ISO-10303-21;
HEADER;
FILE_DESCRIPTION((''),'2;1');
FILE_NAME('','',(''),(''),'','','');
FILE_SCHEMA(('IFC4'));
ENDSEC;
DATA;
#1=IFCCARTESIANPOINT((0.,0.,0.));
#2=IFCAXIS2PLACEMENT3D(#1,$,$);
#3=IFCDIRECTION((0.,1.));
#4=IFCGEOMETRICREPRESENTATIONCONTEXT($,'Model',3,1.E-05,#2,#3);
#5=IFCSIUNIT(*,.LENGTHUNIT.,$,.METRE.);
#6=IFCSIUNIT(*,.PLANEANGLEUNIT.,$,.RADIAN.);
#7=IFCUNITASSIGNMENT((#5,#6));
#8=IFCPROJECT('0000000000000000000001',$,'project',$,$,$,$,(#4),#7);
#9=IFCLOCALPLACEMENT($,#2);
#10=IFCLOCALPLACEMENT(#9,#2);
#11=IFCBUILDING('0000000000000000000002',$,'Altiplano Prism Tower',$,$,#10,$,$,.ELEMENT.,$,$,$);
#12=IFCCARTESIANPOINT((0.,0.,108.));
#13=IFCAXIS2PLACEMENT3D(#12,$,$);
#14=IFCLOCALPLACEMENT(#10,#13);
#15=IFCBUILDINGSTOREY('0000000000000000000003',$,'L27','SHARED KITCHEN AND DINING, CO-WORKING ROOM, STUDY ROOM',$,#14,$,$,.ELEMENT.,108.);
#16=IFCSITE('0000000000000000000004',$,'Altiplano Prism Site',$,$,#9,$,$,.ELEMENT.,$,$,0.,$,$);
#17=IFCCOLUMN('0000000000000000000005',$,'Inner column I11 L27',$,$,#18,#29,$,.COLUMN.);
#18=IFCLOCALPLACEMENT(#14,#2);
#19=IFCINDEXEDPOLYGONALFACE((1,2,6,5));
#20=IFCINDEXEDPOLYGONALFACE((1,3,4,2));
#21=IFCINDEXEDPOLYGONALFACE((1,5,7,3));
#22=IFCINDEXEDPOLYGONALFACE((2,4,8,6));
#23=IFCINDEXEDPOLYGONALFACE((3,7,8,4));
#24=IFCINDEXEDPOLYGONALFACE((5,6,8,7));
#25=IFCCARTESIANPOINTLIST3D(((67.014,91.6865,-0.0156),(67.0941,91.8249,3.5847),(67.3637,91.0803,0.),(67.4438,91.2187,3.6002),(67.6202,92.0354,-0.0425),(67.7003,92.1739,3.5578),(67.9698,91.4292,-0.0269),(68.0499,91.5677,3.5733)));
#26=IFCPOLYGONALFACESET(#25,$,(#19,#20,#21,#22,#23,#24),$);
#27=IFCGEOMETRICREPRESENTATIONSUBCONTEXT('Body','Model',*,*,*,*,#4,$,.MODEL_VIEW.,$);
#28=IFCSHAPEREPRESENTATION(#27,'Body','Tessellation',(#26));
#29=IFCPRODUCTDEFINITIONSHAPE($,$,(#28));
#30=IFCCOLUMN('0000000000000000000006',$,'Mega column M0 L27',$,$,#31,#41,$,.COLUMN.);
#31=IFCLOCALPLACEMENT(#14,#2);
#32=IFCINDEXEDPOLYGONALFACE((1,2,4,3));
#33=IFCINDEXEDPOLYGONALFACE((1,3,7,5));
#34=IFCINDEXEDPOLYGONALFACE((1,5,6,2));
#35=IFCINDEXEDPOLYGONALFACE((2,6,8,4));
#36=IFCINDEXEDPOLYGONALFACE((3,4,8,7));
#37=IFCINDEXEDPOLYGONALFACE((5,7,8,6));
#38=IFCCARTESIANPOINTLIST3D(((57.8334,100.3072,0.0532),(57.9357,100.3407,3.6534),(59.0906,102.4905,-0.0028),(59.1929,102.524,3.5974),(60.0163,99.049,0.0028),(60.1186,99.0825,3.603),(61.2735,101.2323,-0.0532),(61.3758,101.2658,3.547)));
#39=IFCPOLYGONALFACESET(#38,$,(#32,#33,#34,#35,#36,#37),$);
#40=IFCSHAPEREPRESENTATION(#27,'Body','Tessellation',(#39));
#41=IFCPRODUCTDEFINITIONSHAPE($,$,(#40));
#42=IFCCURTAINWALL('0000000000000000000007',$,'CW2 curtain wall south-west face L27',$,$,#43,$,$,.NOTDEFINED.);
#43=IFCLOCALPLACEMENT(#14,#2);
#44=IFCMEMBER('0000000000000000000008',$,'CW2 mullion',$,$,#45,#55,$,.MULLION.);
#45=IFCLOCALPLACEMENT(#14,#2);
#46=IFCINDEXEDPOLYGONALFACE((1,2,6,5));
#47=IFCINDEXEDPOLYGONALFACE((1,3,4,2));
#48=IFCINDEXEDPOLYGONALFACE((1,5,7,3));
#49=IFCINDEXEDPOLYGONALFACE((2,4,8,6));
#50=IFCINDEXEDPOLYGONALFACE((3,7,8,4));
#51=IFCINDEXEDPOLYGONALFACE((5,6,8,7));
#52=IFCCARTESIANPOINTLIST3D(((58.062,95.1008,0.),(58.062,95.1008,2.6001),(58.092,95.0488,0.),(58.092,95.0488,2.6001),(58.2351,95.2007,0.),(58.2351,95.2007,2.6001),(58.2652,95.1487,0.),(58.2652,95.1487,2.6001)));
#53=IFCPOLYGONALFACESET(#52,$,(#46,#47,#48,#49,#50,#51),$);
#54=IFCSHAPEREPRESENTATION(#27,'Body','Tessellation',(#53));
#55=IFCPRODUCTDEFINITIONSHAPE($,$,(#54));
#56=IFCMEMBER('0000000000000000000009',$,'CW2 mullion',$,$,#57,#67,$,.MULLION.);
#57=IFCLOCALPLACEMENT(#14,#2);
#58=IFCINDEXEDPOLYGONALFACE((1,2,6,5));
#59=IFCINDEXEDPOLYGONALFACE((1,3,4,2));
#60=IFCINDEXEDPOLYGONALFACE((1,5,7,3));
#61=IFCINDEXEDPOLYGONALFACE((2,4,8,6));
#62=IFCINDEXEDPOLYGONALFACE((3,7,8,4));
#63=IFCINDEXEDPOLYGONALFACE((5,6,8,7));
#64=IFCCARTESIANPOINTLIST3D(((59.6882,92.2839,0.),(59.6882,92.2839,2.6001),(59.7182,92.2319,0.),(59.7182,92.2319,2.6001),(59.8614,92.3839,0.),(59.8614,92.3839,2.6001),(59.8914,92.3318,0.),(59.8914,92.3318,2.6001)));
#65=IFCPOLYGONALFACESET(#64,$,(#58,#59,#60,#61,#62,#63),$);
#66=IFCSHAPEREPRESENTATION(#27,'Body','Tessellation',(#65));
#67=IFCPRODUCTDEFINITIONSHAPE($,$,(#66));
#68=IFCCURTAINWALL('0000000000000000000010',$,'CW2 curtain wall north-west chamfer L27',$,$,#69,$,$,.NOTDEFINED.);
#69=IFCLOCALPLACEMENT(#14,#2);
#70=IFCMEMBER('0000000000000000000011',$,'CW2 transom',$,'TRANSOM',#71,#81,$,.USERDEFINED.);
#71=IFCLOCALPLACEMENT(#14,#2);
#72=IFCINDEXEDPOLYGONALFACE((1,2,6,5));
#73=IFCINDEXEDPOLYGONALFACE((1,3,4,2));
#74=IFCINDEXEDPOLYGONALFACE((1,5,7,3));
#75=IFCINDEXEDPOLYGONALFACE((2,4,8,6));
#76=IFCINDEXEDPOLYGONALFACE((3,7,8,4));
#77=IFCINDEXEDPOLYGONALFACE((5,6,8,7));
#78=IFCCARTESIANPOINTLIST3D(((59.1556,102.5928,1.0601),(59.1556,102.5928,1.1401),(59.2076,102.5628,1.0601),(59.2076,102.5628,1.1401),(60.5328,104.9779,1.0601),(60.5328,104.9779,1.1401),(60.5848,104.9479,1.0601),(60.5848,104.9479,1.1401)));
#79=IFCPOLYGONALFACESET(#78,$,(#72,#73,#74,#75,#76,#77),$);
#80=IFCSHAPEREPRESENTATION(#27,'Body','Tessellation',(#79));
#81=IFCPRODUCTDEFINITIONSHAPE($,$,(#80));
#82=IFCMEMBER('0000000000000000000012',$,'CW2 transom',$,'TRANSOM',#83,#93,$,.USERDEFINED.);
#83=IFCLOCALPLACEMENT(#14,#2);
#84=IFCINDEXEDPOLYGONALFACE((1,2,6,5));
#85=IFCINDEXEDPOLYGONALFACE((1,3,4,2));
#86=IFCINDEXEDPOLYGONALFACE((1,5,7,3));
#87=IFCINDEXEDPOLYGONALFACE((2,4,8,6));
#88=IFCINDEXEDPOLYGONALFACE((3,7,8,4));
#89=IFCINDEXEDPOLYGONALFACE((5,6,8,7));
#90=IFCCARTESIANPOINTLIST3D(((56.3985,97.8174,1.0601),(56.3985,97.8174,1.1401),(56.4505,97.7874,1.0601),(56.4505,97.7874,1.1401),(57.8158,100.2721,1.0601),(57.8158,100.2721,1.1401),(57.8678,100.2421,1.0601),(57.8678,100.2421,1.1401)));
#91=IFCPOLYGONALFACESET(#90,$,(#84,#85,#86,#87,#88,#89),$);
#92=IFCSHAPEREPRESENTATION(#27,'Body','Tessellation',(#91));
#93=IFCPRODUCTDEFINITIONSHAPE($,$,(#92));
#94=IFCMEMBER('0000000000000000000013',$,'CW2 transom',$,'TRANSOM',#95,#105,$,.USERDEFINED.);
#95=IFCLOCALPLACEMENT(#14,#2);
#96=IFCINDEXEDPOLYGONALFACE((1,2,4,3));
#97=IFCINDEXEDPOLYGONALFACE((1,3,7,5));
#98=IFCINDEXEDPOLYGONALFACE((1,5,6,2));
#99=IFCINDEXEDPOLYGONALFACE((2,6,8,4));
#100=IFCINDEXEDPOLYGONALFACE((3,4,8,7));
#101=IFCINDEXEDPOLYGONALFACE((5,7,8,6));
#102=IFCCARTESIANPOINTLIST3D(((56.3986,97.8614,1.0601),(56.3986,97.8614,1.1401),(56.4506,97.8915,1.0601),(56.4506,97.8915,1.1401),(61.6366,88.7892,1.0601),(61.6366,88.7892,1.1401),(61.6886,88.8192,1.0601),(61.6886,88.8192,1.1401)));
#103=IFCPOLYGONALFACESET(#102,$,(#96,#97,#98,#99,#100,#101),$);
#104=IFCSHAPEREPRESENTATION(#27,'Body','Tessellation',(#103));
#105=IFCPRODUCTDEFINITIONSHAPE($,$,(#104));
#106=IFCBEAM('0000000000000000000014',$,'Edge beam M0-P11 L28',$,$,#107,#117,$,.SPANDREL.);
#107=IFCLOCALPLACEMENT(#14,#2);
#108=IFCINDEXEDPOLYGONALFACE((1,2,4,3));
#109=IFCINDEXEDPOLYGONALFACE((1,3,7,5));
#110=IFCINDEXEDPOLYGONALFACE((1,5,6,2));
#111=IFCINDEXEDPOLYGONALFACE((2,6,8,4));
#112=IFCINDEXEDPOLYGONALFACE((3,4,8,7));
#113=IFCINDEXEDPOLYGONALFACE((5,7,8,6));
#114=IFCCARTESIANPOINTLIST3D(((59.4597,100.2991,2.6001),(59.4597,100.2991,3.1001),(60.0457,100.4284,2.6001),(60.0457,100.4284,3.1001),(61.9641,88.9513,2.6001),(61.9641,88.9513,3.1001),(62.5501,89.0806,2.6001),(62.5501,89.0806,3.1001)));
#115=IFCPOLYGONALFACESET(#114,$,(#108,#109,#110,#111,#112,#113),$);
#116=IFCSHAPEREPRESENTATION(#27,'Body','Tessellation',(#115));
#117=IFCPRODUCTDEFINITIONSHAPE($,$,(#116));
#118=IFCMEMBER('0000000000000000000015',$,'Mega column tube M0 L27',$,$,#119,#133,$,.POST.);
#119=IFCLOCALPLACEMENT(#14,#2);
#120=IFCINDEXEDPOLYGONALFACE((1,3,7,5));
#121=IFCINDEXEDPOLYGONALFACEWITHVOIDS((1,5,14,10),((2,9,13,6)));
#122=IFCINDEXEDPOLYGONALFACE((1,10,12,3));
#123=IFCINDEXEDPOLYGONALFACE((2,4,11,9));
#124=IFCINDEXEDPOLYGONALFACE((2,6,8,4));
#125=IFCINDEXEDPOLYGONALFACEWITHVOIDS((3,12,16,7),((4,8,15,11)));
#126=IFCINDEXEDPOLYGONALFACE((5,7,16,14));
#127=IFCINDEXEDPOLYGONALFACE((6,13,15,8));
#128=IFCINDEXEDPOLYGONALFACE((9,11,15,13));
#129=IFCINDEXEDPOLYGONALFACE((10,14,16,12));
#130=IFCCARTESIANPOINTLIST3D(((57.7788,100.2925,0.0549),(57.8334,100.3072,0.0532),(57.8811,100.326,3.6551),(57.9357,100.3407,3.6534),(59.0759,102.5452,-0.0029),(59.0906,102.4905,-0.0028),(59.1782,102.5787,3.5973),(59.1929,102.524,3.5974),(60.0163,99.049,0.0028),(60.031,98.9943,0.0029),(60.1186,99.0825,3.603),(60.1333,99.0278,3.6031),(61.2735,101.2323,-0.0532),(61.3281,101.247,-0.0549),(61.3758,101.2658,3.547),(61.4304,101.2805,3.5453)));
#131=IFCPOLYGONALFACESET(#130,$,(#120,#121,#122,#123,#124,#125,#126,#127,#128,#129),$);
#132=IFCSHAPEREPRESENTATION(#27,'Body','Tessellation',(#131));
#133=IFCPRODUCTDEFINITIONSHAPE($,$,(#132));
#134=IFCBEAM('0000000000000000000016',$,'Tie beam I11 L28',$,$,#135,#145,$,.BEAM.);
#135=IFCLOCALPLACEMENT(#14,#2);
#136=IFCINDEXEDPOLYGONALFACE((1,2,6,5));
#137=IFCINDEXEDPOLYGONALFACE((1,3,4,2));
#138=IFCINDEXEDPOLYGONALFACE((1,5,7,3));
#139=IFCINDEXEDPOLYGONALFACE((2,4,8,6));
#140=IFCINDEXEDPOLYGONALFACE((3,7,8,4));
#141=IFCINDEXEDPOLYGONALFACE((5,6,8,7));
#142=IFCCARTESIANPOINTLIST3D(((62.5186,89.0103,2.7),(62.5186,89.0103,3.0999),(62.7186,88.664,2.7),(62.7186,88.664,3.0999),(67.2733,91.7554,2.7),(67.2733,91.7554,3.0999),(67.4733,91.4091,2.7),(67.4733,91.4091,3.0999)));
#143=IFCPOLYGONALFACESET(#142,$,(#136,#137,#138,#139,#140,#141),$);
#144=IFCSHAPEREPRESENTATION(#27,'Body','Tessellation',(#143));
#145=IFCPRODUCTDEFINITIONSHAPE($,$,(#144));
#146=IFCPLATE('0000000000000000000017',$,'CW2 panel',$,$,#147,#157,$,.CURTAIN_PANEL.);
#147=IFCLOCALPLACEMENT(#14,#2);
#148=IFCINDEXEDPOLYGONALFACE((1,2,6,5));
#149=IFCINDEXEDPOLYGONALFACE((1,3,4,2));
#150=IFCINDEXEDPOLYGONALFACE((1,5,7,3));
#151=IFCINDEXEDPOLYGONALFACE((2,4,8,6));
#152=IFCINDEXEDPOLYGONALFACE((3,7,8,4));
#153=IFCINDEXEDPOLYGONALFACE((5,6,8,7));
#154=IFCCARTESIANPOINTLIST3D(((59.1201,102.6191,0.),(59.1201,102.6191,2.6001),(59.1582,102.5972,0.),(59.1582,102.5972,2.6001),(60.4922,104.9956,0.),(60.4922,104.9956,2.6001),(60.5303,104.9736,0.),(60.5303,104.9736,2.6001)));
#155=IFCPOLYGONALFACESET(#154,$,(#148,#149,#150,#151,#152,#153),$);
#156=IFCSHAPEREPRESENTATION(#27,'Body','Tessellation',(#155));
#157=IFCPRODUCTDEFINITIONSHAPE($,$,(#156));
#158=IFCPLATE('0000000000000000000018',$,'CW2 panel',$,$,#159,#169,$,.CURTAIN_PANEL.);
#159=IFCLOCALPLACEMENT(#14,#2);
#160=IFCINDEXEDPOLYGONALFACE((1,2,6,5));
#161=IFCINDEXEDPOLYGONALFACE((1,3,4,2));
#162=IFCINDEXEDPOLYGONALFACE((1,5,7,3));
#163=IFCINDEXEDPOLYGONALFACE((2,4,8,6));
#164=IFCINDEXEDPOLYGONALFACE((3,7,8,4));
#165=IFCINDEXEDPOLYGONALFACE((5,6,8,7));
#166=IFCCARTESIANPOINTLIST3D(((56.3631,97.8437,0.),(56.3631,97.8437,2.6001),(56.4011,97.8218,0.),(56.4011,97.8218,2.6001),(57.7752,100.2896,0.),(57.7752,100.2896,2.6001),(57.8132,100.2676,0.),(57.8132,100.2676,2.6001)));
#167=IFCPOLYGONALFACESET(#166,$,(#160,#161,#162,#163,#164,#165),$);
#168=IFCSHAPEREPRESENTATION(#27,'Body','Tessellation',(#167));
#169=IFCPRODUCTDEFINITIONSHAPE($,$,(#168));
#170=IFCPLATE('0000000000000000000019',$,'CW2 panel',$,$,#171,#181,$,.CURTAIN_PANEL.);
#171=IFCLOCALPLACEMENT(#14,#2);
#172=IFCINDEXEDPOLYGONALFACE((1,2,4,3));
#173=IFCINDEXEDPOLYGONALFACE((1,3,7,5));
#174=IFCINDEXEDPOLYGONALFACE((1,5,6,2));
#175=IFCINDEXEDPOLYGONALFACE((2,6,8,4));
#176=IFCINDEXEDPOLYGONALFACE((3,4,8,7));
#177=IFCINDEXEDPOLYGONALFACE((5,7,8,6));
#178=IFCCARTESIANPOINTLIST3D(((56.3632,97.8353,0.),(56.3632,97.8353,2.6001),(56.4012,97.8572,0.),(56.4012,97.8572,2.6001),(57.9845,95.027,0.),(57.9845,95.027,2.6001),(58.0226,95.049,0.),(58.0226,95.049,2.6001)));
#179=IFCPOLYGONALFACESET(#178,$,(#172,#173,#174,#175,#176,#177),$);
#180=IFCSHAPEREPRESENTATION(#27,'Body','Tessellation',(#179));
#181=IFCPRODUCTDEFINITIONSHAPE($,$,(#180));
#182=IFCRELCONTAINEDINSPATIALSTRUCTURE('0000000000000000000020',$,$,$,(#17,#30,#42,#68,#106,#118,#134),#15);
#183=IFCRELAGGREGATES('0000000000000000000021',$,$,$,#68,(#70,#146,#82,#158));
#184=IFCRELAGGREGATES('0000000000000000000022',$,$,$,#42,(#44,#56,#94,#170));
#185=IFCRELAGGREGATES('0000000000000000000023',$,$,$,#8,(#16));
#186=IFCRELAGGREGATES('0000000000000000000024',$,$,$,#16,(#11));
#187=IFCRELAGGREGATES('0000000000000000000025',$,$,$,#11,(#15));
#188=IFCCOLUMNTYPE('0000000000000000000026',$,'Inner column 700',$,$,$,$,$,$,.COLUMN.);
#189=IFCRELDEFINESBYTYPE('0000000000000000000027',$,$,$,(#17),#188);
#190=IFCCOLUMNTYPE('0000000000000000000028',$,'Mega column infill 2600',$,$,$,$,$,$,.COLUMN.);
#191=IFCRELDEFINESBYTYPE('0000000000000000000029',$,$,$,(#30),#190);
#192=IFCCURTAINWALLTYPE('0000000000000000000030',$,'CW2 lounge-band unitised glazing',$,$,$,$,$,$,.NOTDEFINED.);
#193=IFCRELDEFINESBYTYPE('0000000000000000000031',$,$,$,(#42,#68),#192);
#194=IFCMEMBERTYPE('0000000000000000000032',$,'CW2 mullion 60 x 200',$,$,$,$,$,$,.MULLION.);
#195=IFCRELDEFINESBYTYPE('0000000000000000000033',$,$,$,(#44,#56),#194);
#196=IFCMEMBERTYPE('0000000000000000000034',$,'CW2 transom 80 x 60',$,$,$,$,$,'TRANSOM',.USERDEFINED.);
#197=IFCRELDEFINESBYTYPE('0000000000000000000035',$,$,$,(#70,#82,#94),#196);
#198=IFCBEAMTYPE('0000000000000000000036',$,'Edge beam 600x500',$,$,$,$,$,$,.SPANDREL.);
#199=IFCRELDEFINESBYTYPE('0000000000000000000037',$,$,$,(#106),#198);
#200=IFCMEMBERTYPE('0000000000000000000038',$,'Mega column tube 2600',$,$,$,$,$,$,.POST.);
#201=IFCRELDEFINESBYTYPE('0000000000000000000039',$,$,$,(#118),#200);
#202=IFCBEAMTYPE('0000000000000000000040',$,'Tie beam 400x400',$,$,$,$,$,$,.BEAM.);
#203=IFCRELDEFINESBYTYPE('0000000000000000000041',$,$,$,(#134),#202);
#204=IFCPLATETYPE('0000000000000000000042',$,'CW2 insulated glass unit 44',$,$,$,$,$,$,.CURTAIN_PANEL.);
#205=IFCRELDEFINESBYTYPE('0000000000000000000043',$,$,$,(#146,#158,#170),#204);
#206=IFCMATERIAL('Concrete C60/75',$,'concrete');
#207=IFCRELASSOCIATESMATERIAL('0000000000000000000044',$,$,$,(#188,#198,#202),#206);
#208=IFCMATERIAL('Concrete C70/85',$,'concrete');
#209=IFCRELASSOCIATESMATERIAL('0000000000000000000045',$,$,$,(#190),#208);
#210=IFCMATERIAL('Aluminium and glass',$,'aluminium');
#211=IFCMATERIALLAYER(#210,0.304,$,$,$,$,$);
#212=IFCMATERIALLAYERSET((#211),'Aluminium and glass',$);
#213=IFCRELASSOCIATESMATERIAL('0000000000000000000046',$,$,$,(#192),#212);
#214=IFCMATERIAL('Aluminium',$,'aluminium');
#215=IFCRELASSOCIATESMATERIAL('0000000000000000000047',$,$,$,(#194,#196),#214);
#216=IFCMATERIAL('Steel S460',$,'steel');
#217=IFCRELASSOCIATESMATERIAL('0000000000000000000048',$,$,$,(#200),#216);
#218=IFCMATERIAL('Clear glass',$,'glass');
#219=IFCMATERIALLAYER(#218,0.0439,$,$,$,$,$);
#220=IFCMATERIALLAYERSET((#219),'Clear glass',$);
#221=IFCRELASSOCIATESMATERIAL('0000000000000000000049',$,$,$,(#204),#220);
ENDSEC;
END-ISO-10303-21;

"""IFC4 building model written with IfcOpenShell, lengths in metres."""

from ifc_helpers import new_model, si_unit, direction, frame, origin, origin_2d, place, context, subcontext, project, spatial, rectangle, hollow_rectangle, extrude, material, layer, layer_set, material_profile, profile_set, type_object, element, aggregate, save


model = new_model("IFC4")

# Units and contexts
model_context = context("Model", 3, precision=1e-05, world=origin(), true_north=direction((0.0, 1.0)))
body_context = subcontext(model_context, "Body", "Model", "MODEL_VIEW")
ifc_project = project(units=[si_unit("LENGTHUNIT", "METRE"), si_unit("PLANEANGLEUNIT", "RADIAN")], contexts=[model_context])

# Site, building, storey
site_placement = place(None, origin())
site = spatial("IfcSite", under=ifc_project, at=site_placement, Name="Altiplano Prism Site", CompositionType="ELEMENT", RefElevation=0.0)
building_placement = place(site_placement, origin())
building = spatial("IfcBuilding", under=site, at=building_placement, Name="Altiplano Prism Tower", CompositionType="ELEMENT")
storey_placement = place(building_placement, frame((0.0, 0.0, 108.0)))
storey = spatial("IfcBuildingStorey", under=building, at=storey_placement, Name="L27", Description="SHARED KITCHEN AND DINING, CO-WORKING ROOM, STUDY ROOM", CompositionType="ELEMENT", Elevation=108.0)

# Columns
ifc_material_1 = material(Name="Concrete C60/75", Category="concrete")
ifc_material_profile_1 = material_profile(ifc_material_1, rectangle(XDim=0.7, YDim=0.7, at=origin_2d()), Name="Inner column 700")
ifc_profile_set_1 = profile_set([ifc_material_profile_1], Name="Concrete C60/75")
column_type_1 = type_object("IfcColumnType", Name="Inner column 700", PredefinedType="COLUMN", material=ifc_profile_set_1)
column_1_placement = place(storey_placement, frame((67.4919, 91.5579, -0.0212), z_axis=(0.022221, 0.038413, 0.999015), x_axis=(-0.866021, -0.498528, 0.038432)))
element("IfcColumn", 1, at=column_1_placement, inside=storey, type_object=column_type_1, Name="Inner column I11 L27", PredefinedType="COLUMN", context=body_context, shape_type="SweptSolid", body=[
    extrude(rectangle(XDim=0.7, YDim=0.7, at=origin_2d()), origin(), (0.0, 0.0, 1.0), 3.6038),
])
ifc_material_2 = material(Name="Concrete C70/85", Category="concrete")
ifc_material_profile_2 = material_profile(ifc_material_2, rectangle(XDim=2.52, YDim=2.52, at=origin_2d()), Name="Mega column infill 2600")
ifc_profile_set_2 = profile_set([ifc_material_profile_2], Name="Concrete C70/85")
column_type_2 = type_object("IfcColumnType", Name="Mega column infill 2600", PredefinedType="COLUMN", material=ifc_profile_set_2)
column_2_placement = place(storey_placement, frame((59.5535, 100.7698, 0.0), z_axis=(0.028402, 0.009287, 0.999553), x_axis=(-0.866202, 0.499295, 0.019974)))
element("IfcColumn", 2, at=column_2_placement, inside=storey, type_object=column_type_2, Name="Mega column M0 L27", PredefinedType="COLUMN", context=body_context, shape_type="SweptSolid", body=[
    extrude(rectangle(XDim=2.52, YDim=2.52, at=origin_2d()), origin(), (0.0, 0.0, 1.0), 3.6018),
])

# Curtain walls, members
ifc_material_3 = material(Name="Aluminium and glass", Category="aluminium")
ifc_layer_1 = layer(ifc_material_3, 0.304)
ifc_layer_set_1 = layer_set([ifc_layer_1], Name="Aluminium and glass")
curtain_wall_type = type_object("IfcCurtainWallType", Name="CW2 lounge-band unitised glazing", PredefinedType="NOTDEFINED", material=ifc_layer_set_1)
curtain_wall_1_placement = place(storey_placement, origin())
curtain_wall_1 = element("IfcCurtainWall", 3, at=curtain_wall_1_placement, inside=storey, type_object=curtain_wall_type, Name="CW2 curtain wall south-west face L27", PredefinedType="NOTDEFINED")
ifc_material_4 = material(Name="Aluminium", Category="aluminium")
ifc_material_profile_3 = material_profile(ifc_material_4, rectangle(XDim=0.2, YDim=0.0601, at=origin_2d()), Name="CW2 mullion 60 x 200")
ifc_profile_set_3 = profile_set([ifc_material_profile_3], Name="Aluminium")
member_type_1 = type_object("IfcMemberType", Name="CW2 mullion 60 x 200", PredefinedType="MULLION", material=ifc_profile_set_3)
member_1_placement = place(storey_placement, frame((58.1636, 95.1248, 0.0), z_axis=(0.0, 0.0, 1.0), x_axis=(0.866025, 0.5, 0.0)))
member_1 = element("IfcMember", 4, at=member_1_placement, type_object=member_type_1, Name="CW2 mullion", PredefinedType="MULLION", context=body_context, shape_type="SweptSolid", body=[
    extrude(rectangle(XDim=0.2, YDim=0.0601, at=origin_2d()), origin(), (0.0, 0.0, 1.0), 2.6001),
])
member_2_placement = place(storey_placement, frame((59.7898, 92.3079, 0.0), z_axis=(0.0, 0.0, 1.0), x_axis=(0.866025, 0.5, 0.0)))
member_2 = element("IfcMember", 5, at=member_2_placement, type_object=member_type_1, Name="CW2 mullion", PredefinedType="MULLION", context=body_context, shape_type="SweptSolid", body=[
    extrude(rectangle(XDim=0.2, YDim=0.0601, at=origin_2d()), origin(), (0.0, 0.0, 1.0), 2.6001),
])
curtain_wall_2_placement = place(storey_placement, origin())
curtain_wall_2 = element("IfcCurtainWall", 6, at=curtain_wall_2_placement, inside=storey, type_object=curtain_wall_type, Name="CW2 curtain wall north-west chamfer L27", PredefinedType="NOTDEFINED")
ifc_material_profile_4 = material_profile(ifc_material_4, rectangle(XDim=0.0601, YDim=0.0801, at=origin_2d()), Name="CW2 transom 80 x 60")
ifc_profile_set_4 = profile_set([ifc_material_profile_4], Name="Aluminium")
member_type_2 = type_object("IfcMemberType", Name="CW2 transom 80 x 60", ElementType="TRANSOM", PredefinedType="USERDEFINED", material=ifc_profile_set_4)
member_3_placement = place(storey_placement, frame((60.5588, 104.9629, 1.1001), z_axis=(-0.500058, -0.865992, 0.0), x_axis=(0.865992, -0.500058, 0.0)))
member_3 = element("IfcMember", 7, at=member_3_placement, type_object=member_type_2, Name="CW2 transom", ObjectType="TRANSOM", PredefinedType="USERDEFINED", context=body_context, shape_type="SweptSolid", body=[
    extrude(rectangle(XDim=0.0601, YDim=0.0801, at=origin_2d()), origin(), (0.0, 0.0, 1.0), 2.7542),
])
member_4_placement = place(storey_placement, frame((57.8418, 100.2571, 1.1001), z_axis=(-0.500021, -0.866013, 0.0), x_axis=(0.866013, -0.500021, 0.0)))
member_4 = element("IfcMember", 8, at=member_4_placement, type_object=member_type_2, Name="CW2 transom", ObjectType="TRANSOM", PredefinedType="USERDEFINED", context=body_context, shape_type="SweptSolid", body=[
    extrude(rectangle(XDim=0.0601, YDim=0.0801, at=origin_2d()), origin(), (0.0, 0.0, 1.0), 2.8345),
])

# Member
member_5_placement = place(storey_placement, frame((56.4246, 97.8765, 1.1001), z_axis=(0.500012, -0.866019, 0.0), x_axis=(0.866019, 0.500012, 0.0)))
member_5 = element("IfcMember", 9, at=member_5_placement, type_object=member_type_2, Name="CW2 transom", ObjectType="TRANSOM", PredefinedType="USERDEFINED", context=body_context, shape_type="SweptSolid", body=[
    extrude(rectangle(XDim=0.0601, YDim=0.0801, at=origin_2d()), origin(), (0.0, 0.0, 1.0), 10.4758),
])

# Beam
ifc_material_profile_5 = material_profile(ifc_material_1, rectangle(XDim=0.6001, YDim=0.5, at=origin_2d()), Name="Edge beam 600x500")
ifc_profile_set_5 = profile_set([ifc_material_profile_5], Name="Concrete C60/75")
beam_type_1 = type_object("IfcBeamType", Name="Edge beam 600x500", PredefinedType="SPANDREL", material=ifc_profile_set_5)
beam_1_placement = place(storey_placement, frame((59.7527, 100.3638, 2.8501), z_axis=(0.215507, -0.976502, 0.0), x_axis=(0.976502, 0.215507, 0.0)))
element("IfcBeam", 10, at=beam_1_placement, inside=storey, type_object=beam_type_1, Name="Edge beam M0-P11 L28", PredefinedType="SPANDREL", context=body_context, shape_type="SweptSolid", body=[
    extrude(rectangle(XDim=0.6001, YDim=0.5, at=origin_2d()), origin(), (0.0, 0.0, 1.0), 11.6208),
])

# Member
ifc_material_5 = material(Name="Steel S460", Category="steel")
ifc_material_profile_6 = material_profile(ifc_material_5, hollow_rectangle(XDim=2.6001, YDim=2.6001, WallThickness=0.04, at=origin_2d()), Name="Mega column tube 2600")
ifc_profile_set_6 = profile_set([ifc_material_profile_6], Name="Steel S460")
member_type_3 = type_object("IfcMemberType", Name="Mega column tube 2600", PredefinedType="POST", material=ifc_profile_set_6)
member_6_placement = place(storey_placement, frame((59.5535, 100.7698, 0.0), z_axis=(0.028402, 0.009287, 0.999553), x_axis=(-0.866202, 0.499295, 0.019974)))
element("IfcMember", 11, at=member_6_placement, inside=storey, type_object=member_type_3, Name="Mega column tube M0 L27", PredefinedType="POST", context=body_context, shape_type="SweptSolid", body=[
    extrude(hollow_rectangle(XDim=2.6001, YDim=2.6001, WallThickness=0.04, at=origin_2d()), origin(), (0.0, 0.0, 1.0), 3.6018),
])

# Beam
ifc_material_profile_7 = material_profile(ifc_material_1, rectangle(XDim=0.3999, YDim=0.3999, at=origin_2d()), Name="Tie beam 400x400")
ifc_profile_set_7 = profile_set([ifc_material_profile_7], Name="Concrete C60/75")
beam_type_2 = type_object("IfcBeamType", Name="Tie beam 400x400", PredefinedType="BEAM", material=ifc_profile_set_7)
beam_2_placement = place(storey_placement, frame((67.3733, 91.5823, 2.8999), z_axis=(-0.866023, -0.500003, 0.0), x_axis=(0.500003, -0.866023, 0.0)))
element("IfcBeam", 12, at=beam_2_placement, inside=storey, type_object=beam_type_2, Name="Tie beam I11 L28", PredefinedType="BEAM", context=body_context, shape_type="SweptSolid", body=[
    extrude(rectangle(XDim=0.3999, YDim=0.3999, at=origin_2d()), origin(), (0.0, 0.0, 1.0), 5.4902),
])

# Plates
ifc_material_6 = material(Name="Clear glass", Category="glass")
ifc_layer_2 = layer(ifc_material_6, 0.0439)
ifc_layer_set_2 = layer_set([ifc_layer_2], Name="Clear glass")
plate_type = type_object("IfcPlateType", Name="CW2 insulated glass unit 44", PredefinedType="CURTAIN_PANEL", material=ifc_layer_set_2)
plate_1_placement = place(storey_placement, frame((59.8252, 103.7964, 0.0), z_axis=(0.0, 0.0, 1.0), x_axis=(-0.5, -0.866025, 0.0)))
plate_1 = element("IfcPlate", 13, at=plate_1_placement, type_object=plate_type, Name="CW2 panel", PredefinedType="CURTAIN_PANEL", context=body_context, shape_type="SweptSolid", body=[
    extrude(rectangle(XDim=2.7441, YDim=0.0439, at=origin_2d()), origin(), (0.0, 0.0, 1.0), 2.6001),
])
plate_2_placement = place(storey_placement, frame((57.0881, 99.0557, 0.0), z_axis=(0.0, 0.0, 1.0), x_axis=(-0.5, -0.866025, 0.0)))
plate_2 = element("IfcPlate", 14, at=plate_2_placement, type_object=plate_type, Name="CW2 panel", PredefinedType="CURTAIN_PANEL", context=body_context, shape_type="SweptSolid", body=[
    extrude(rectangle(XDim=2.8242, YDim=0.0439, at=origin_2d()), origin(), (0.0, 0.0, 1.0), 2.6001),
])
aggregate(curtain_wall_2, [member_3, plate_1, member_4, plate_2])
plate_3_placement = place(storey_placement, frame((57.1929, 96.4421, 0.0), z_axis=(0.0, 0.0, 1.0), x_axis=(0.5, -0.866025, 0.0)))
plate_3 = element("IfcPlate", 15, at=plate_3_placement, type_object=plate_type, Name="CW2 panel", PredefinedType="CURTAIN_PANEL", context=body_context, shape_type="SweptSolid", body=[
    extrude(rectangle(XDim=3.2427, YDim=0.0439, at=origin_2d()), origin(), (0.0, 0.0, 1.0), 2.6001),
])
aggregate(curtain_wall_1, [member_1, member_2, member_5, plate_3])

save(model, "model.ifc")
